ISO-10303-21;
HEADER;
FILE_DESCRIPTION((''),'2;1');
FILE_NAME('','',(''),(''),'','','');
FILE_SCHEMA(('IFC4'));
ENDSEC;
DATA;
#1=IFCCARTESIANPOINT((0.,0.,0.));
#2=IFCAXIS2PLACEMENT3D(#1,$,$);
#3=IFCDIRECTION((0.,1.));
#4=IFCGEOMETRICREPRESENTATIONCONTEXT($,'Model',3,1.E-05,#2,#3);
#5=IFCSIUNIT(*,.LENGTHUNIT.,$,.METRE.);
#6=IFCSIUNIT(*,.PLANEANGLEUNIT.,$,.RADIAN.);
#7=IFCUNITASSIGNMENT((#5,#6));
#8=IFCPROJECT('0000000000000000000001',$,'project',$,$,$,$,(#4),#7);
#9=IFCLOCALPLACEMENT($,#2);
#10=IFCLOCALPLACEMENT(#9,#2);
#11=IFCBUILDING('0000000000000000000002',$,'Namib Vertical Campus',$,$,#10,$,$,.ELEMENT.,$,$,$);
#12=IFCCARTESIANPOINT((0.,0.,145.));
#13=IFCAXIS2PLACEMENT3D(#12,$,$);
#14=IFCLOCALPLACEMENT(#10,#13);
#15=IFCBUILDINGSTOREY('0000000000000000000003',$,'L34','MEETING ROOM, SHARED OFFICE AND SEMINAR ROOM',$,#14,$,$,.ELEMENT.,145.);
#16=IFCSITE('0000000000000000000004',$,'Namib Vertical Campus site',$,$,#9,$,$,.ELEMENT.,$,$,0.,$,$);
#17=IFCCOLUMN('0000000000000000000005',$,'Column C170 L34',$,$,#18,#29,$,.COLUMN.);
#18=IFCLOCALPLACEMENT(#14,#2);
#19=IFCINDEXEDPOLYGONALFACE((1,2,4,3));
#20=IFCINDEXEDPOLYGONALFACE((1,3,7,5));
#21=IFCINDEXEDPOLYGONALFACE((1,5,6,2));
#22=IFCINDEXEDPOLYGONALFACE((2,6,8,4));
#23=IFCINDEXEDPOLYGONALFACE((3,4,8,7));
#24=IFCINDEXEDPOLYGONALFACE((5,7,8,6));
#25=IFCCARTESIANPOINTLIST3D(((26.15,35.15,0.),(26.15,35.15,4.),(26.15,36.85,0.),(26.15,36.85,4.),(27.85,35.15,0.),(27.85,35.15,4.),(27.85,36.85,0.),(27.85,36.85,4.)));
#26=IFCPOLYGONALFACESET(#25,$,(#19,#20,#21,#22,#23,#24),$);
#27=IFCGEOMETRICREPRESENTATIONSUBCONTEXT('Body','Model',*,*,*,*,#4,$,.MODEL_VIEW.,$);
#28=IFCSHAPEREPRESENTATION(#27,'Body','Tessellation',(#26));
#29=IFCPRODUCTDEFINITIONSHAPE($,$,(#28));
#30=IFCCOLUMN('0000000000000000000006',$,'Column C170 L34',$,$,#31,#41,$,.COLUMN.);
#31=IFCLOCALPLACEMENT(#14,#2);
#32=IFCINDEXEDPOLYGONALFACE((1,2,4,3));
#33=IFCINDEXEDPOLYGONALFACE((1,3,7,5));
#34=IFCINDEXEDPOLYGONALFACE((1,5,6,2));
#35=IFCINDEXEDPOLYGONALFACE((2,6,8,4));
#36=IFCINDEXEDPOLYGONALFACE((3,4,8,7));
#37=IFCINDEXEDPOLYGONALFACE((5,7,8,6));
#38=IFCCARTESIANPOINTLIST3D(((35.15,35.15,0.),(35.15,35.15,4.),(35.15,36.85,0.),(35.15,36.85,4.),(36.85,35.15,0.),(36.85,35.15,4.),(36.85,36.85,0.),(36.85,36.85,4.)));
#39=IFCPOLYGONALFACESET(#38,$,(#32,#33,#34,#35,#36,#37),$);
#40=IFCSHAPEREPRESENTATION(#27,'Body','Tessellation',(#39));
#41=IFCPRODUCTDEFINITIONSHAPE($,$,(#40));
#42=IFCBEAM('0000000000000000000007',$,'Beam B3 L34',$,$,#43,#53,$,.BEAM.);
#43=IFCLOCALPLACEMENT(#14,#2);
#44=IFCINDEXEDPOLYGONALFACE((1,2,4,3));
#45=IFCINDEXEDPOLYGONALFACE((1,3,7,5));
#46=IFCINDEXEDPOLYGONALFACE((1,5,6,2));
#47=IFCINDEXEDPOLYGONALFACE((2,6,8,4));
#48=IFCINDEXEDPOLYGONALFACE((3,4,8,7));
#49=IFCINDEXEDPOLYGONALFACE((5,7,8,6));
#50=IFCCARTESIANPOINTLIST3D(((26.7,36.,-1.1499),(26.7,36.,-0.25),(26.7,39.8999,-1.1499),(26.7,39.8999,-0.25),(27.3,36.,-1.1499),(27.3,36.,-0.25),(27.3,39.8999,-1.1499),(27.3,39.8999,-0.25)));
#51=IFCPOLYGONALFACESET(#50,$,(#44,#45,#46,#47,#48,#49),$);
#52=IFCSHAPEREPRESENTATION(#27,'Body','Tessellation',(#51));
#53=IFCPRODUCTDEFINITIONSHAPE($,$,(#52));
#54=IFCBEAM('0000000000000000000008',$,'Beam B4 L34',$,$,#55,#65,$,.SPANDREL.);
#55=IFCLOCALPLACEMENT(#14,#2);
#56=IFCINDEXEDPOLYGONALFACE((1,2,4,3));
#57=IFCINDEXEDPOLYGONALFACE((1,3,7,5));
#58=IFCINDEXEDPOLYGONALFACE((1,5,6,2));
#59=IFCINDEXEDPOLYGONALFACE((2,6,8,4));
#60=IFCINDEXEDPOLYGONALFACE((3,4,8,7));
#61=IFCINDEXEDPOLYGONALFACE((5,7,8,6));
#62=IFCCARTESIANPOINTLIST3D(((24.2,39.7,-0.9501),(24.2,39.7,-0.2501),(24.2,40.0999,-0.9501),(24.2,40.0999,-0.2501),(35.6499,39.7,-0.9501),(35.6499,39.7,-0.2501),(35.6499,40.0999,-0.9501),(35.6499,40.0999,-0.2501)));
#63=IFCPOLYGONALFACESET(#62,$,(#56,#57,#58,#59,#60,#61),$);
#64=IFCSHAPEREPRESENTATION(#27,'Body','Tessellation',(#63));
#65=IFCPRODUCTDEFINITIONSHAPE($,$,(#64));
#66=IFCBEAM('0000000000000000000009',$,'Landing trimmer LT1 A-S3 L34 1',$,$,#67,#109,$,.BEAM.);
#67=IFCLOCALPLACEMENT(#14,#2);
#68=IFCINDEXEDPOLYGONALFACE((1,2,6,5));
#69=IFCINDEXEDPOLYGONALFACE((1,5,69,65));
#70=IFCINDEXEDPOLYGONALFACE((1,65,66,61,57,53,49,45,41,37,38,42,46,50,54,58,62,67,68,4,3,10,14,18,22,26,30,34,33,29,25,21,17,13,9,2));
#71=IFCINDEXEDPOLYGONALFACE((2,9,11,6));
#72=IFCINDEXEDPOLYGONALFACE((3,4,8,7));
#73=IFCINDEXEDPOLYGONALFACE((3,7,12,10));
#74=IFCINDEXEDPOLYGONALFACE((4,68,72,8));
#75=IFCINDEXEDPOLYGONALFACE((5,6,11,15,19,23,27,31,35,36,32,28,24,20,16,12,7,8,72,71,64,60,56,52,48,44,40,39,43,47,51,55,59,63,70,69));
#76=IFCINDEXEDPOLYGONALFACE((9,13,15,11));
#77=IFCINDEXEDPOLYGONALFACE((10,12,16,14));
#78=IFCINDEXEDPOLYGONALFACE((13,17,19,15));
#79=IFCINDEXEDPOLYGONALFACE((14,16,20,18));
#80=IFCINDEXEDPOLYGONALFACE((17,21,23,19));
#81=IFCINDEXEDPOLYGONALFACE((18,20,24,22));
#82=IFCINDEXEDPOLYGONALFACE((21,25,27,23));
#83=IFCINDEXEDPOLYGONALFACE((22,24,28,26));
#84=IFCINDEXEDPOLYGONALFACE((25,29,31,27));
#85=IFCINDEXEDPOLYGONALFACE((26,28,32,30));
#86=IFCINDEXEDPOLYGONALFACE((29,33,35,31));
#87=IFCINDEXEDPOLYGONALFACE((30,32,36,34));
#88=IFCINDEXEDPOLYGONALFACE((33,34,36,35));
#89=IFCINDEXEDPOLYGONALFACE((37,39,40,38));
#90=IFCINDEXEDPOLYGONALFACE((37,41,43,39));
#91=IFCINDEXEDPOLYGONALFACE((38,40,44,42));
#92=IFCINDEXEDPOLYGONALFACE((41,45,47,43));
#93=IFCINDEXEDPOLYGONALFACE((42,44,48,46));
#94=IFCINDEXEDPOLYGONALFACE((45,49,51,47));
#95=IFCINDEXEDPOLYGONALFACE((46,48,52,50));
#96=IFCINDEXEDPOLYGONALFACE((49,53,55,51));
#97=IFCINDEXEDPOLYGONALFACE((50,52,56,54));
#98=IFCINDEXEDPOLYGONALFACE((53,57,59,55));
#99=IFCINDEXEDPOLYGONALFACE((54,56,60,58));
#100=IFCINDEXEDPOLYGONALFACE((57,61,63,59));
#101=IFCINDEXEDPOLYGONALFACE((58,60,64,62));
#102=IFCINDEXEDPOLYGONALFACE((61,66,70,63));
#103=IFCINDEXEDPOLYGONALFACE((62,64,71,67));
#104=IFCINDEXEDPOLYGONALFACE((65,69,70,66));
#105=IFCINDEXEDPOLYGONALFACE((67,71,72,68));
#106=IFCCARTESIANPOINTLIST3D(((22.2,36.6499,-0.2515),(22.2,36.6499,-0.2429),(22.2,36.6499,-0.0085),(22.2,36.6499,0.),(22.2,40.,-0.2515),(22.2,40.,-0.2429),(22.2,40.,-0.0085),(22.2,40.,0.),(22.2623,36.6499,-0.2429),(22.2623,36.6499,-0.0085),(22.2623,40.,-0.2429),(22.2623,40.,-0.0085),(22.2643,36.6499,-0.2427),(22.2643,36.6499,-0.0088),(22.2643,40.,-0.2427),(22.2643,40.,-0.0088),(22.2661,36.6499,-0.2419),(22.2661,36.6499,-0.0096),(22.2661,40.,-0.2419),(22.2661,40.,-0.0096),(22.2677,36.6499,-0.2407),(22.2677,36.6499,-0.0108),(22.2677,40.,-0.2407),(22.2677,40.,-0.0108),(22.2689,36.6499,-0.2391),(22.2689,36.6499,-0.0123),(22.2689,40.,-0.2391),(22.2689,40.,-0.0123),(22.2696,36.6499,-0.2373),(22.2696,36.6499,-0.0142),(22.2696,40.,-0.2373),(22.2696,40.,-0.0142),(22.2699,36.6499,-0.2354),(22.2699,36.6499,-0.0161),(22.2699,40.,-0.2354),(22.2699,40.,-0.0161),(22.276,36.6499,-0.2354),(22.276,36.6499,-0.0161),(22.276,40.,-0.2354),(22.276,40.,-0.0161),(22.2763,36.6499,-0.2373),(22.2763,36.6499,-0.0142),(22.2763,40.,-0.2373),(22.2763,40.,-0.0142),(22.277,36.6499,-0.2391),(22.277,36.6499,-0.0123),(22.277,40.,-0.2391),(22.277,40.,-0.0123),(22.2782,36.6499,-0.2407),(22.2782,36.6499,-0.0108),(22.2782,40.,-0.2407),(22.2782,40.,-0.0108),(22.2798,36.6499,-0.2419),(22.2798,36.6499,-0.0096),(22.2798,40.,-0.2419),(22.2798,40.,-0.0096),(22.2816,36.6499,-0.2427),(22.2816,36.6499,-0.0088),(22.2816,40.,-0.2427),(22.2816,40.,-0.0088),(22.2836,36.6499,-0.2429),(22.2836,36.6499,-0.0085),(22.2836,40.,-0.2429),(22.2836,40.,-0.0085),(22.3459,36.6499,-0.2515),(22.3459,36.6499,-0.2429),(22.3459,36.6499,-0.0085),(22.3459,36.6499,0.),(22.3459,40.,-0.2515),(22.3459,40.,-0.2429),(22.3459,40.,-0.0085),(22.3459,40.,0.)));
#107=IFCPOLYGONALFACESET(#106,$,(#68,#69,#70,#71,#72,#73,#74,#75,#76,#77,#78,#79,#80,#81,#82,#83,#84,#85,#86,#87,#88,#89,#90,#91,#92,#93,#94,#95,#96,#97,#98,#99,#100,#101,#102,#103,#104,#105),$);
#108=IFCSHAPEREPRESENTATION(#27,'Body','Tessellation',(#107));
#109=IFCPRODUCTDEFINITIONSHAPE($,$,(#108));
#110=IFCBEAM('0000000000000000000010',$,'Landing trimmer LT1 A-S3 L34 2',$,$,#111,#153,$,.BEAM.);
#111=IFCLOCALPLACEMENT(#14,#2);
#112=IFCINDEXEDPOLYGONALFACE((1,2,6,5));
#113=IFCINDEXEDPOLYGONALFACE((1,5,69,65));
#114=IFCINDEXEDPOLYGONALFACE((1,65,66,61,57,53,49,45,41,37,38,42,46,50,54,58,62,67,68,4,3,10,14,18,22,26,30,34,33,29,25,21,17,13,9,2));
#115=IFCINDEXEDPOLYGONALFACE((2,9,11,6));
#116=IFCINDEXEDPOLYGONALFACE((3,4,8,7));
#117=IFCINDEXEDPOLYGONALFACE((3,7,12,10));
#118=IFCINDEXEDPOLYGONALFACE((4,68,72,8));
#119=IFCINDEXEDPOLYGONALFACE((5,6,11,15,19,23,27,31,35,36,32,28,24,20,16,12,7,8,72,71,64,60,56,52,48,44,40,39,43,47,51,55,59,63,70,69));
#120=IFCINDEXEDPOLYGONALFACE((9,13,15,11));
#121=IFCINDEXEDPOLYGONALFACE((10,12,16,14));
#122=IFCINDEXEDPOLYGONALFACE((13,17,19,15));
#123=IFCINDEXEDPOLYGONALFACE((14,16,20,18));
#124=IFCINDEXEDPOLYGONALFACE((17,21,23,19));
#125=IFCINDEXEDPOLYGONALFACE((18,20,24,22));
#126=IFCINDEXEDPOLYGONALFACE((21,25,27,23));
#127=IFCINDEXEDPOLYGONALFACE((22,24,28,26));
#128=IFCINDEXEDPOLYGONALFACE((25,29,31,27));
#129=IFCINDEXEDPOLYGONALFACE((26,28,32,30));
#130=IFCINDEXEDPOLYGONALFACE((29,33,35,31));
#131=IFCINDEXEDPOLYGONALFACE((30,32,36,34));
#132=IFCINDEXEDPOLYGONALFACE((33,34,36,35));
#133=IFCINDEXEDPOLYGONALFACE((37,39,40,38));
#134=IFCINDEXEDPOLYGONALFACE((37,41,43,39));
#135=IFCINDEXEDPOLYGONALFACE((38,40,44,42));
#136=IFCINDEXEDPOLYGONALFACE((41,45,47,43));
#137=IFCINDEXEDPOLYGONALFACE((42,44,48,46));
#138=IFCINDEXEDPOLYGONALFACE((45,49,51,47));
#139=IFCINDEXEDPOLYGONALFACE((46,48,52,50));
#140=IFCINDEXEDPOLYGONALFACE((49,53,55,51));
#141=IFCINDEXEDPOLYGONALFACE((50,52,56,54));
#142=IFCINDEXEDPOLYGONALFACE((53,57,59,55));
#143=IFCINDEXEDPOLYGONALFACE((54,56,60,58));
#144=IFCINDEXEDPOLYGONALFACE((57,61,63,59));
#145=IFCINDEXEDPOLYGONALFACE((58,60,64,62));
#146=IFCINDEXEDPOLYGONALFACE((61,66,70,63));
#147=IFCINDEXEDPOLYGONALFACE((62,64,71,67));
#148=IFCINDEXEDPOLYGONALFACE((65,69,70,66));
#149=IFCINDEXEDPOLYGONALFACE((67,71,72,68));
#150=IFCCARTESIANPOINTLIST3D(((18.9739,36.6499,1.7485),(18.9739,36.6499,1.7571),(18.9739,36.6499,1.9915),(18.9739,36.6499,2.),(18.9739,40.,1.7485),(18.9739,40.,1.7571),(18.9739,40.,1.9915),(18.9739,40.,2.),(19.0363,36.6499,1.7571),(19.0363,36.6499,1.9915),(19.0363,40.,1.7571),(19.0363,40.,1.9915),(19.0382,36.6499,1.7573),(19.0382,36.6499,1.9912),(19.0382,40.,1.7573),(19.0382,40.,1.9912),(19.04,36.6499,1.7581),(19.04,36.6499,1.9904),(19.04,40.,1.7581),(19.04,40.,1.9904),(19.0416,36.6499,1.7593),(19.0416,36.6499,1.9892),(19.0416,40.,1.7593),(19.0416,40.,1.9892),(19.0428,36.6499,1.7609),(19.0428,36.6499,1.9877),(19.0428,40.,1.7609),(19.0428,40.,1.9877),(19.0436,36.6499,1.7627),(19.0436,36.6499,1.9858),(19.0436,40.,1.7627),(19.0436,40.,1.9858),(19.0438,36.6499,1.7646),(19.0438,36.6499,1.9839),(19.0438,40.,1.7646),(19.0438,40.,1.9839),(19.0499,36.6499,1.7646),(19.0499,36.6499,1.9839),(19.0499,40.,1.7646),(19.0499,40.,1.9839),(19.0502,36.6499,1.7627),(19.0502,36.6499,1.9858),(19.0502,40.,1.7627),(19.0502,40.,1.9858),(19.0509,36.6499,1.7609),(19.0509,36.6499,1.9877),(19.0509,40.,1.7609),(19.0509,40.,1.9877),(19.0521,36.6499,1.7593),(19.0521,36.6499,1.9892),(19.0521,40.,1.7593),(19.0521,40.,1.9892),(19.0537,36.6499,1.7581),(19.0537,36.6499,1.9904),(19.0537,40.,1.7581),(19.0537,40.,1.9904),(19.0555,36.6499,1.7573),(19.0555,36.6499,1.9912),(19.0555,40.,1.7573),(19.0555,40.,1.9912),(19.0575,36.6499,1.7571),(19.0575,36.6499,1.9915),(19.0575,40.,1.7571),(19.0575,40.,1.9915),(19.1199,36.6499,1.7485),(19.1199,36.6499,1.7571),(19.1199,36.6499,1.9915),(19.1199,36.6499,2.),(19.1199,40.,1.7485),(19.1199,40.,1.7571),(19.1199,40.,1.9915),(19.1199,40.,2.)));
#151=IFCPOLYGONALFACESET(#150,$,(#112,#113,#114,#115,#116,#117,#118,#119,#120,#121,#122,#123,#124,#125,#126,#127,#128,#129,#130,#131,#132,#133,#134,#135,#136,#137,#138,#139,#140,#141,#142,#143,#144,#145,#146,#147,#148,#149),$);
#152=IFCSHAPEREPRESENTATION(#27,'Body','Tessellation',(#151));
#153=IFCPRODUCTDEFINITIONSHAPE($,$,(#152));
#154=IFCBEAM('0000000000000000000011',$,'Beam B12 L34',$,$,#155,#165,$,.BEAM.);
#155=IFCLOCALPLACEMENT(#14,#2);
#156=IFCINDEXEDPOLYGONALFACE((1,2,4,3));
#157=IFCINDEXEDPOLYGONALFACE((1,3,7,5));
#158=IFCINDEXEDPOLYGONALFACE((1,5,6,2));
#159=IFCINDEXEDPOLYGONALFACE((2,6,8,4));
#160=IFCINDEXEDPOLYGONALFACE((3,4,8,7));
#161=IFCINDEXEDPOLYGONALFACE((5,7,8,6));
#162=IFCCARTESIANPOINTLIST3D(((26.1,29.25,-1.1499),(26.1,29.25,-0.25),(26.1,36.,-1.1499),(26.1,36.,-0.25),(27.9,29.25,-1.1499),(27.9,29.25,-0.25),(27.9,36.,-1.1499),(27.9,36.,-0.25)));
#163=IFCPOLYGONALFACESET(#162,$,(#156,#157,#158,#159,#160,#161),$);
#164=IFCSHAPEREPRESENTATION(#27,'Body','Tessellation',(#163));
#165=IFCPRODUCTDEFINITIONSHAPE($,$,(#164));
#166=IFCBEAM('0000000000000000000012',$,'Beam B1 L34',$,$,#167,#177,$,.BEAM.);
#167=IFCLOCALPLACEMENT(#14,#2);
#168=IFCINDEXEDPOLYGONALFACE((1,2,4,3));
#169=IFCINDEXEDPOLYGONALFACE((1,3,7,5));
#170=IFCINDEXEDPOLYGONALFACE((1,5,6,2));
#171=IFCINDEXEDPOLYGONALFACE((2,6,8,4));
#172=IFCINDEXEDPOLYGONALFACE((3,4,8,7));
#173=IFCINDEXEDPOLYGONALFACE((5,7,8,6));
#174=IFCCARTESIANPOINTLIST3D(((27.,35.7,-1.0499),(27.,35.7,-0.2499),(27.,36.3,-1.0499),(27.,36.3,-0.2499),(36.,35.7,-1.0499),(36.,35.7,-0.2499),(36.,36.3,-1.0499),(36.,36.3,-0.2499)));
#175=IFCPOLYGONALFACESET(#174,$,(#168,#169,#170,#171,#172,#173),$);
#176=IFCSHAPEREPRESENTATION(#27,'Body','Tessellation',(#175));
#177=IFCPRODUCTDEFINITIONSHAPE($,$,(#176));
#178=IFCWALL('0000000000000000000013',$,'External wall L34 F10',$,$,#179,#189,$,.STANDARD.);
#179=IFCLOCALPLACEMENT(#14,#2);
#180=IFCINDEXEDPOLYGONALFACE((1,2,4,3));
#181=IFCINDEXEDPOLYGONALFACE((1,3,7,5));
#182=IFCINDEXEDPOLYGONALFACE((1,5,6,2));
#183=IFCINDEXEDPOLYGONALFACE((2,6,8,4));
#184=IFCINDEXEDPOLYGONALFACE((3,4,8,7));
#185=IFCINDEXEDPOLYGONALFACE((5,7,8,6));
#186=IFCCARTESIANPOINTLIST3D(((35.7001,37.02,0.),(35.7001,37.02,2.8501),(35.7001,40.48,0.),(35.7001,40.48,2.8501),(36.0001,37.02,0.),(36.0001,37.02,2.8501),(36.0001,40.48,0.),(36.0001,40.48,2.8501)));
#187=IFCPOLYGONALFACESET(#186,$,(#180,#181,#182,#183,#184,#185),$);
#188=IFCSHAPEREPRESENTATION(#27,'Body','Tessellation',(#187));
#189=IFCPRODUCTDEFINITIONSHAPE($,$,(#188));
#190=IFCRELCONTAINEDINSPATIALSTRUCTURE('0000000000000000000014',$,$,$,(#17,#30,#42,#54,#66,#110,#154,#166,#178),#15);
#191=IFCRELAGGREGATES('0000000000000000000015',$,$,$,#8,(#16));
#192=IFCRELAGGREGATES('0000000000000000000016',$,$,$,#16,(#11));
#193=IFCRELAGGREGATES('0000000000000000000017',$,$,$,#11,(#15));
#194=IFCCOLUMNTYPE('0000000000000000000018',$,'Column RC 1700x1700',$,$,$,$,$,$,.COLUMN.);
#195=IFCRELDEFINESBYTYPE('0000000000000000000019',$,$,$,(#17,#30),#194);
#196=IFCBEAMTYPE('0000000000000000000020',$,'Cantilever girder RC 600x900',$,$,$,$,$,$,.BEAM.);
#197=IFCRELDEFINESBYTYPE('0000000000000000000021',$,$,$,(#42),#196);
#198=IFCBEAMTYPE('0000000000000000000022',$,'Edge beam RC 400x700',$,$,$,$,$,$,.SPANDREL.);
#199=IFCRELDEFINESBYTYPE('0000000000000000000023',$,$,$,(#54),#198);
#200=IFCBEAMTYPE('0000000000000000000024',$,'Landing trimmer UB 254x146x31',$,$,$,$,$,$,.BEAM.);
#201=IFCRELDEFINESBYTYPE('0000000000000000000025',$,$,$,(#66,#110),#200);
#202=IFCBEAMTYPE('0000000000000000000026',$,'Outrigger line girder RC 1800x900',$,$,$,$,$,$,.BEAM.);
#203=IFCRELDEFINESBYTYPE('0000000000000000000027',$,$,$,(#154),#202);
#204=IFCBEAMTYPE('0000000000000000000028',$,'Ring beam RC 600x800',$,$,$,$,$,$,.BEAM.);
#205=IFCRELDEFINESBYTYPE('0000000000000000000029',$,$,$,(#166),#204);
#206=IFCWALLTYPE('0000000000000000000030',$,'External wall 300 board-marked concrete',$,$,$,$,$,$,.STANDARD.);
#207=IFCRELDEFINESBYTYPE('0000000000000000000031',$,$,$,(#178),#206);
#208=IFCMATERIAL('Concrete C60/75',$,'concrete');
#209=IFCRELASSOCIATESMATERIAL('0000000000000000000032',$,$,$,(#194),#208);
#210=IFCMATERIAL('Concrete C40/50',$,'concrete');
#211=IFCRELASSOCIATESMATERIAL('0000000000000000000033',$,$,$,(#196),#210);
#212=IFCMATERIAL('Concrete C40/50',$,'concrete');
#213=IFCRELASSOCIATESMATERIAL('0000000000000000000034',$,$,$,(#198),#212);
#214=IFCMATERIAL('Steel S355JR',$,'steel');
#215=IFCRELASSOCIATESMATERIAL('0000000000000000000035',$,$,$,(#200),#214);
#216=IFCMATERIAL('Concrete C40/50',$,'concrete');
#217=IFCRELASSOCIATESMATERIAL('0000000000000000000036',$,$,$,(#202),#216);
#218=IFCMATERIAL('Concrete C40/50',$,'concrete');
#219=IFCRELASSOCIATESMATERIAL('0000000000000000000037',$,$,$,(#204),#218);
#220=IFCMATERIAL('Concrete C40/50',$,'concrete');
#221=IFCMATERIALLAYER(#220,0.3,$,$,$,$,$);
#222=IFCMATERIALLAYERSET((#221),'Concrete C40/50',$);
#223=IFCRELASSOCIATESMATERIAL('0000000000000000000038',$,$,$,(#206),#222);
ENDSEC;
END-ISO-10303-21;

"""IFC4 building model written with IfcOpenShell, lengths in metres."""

from ifc_helpers import new_model, si_unit, direction, frame, frame_2d, origin, origin_2d, place, context, subcontext, project, spatial, rectangle, i_section, extrude, material, layer, layer_set, material_profile, profile_set, type_object, element, save


model = new_model("IFC4")

# Units and contexts
model_context = context("Model", 3, precision=1e-05, world=origin(), true_north=direction((0.0, 1.0)))
body_context = subcontext(model_context, "Body", "Model", "MODEL_VIEW")
ifc_project = project(units=[si_unit("LENGTHUNIT", "METRE"), si_unit("PLANEANGLEUNIT", "RADIAN")], contexts=[model_context])

# Site, building, storey
site_placement = place(None, origin())
site = spatial("IfcSite", under=ifc_project, at=site_placement, Name="Namib Vertical Campus site", CompositionType="ELEMENT", RefElevation=0.0)
building_placement = place(site_placement, origin())
building = spatial("IfcBuilding", under=site, at=building_placement, Name="Namib Vertical Campus", CompositionType="ELEMENT")
storey_placement = place(building_placement, frame((0.0, 0.0, 145.0)))
storey = spatial("IfcBuildingStorey", under=building, at=storey_placement, Name="L34", Description="MEETING ROOM, SHARED OFFICE AND SEMINAR ROOM", CompositionType="ELEMENT", Elevation=145.0)

# Columns
ifc_material_1 = material(Name="Concrete C60/75", Category="concrete")
ifc_material_profile_1 = material_profile(ifc_material_1, rectangle(XDim=1.7, YDim=1.7, at=origin_2d()))
ifc_profile_set_1 = profile_set([ifc_material_profile_1], Name="Concrete C60/75")
column_type = type_object("IfcColumnType", Name="Column RC 1700x1700", PredefinedType="COLUMN", material=ifc_profile_set_1)
for number, where, z_axis, x_axis, name in (
    (1, (27.0, 36.0, 0.0), (0.0, 0.0, 1.0), (1.0, 0.0, 0.0), "Column C170 L34"),
    (2, (36.0, 36.0, 0.0), (0.0, 0.0, 1.0), (1.0, 0.0, 0.0), "Column C170 L34"),
):
    element("IfcColumn", number, at=place(storey_placement, frame(where, z_axis=z_axis, x_axis=x_axis)), inside=storey, type_object=column_type, Name=name, PredefinedType="COLUMN", context=body_context, shape_type="SweptSolid", body=[
        extrude(rectangle(XDim=1.7, YDim=1.7, at=origin_2d()), origin(), (0.0, 0.0, 1.0), 4.0),
    ])

# Beams
ifc_material_2 = material(Name="Concrete C40/50", Category="concrete")
ifc_material_profile_2 = material_profile(ifc_material_2, rectangle(XDim=0.6001, YDim=0.8999, at=origin_2d()))
ifc_profile_set_2 = profile_set([ifc_material_profile_2], Name="Concrete C40/50")
beam_type_1 = type_object("IfcBeamType", Name="Cantilever girder RC 600x900", PredefinedType="BEAM", material=ifc_profile_set_2)
beam_1_placement = place(storey_placement, frame((27.0, 36.0, -0.7), z_axis=(0.0, 1.0, 0.0), x_axis=(-1.0, 0.0, 0.0)))
element("IfcBeam", 3, at=beam_1_placement, inside=storey, type_object=beam_type_1, Name="Beam B3 L34", PredefinedType="BEAM", context=body_context, shape_type="SweptSolid", body=[
    extrude(rectangle(XDim=0.6001, YDim=0.8999, at=origin_2d()), origin(), (0.0, 0.0, 1.0), 3.8999),
])
ifc_material_3 = material(Name="Concrete C40/50", Category="concrete")
ifc_material_profile_3 = material_profile(ifc_material_3, rectangle(XDim=0.3999, YDim=0.7, at=origin_2d()))
ifc_profile_set_3 = profile_set([ifc_material_profile_3], Name="Concrete C40/50")
beam_type_2 = type_object("IfcBeamType", Name="Edge beam RC 400x700", PredefinedType="SPANDREL", material=ifc_profile_set_3)
beam_2_placement = place(storey_placement, frame((24.2, 39.8999, -0.6001), z_axis=(1.0, 0.0, 0.0), x_axis=(0.0, 1.0, 0.0)))
element("IfcBeam", 4, at=beam_2_placement, inside=storey, type_object=beam_type_2, Name="Beam B4 L34", PredefinedType="SPANDREL", context=body_context, shape_type="SweptSolid", body=[
    extrude(rectangle(XDim=0.3999, YDim=0.7, at=origin_2d()), origin(), (0.0, 0.0, 1.0), 11.45),
])
ifc_material_4 = material(Name="Steel S355JR", Category="steel")
ifc_material_profile_4 = material_profile(ifc_material_4, i_section(OverallWidth=0.146, OverallDepth=0.2515, WebThickness=0.0061, FlangeThickness=0.0085, FilletRadius=0.0076, at=origin_2d()))
ifc_profile_set_4 = profile_set([ifc_material_profile_4], Name="Steel S355JR")
beam_type_3 = type_object("IfcBeamType", Name="Landing trimmer UB 254x146x31", PredefinedType="BEAM", material=ifc_profile_set_4)
for number, where, z_axis, x_axis, name in (
    (5, (22.2729, 36.6499, -0.1257), (0.0, 1.0, 0.0), (-1.0, 0.0, 0.0), "Landing trimmer LT1 A-S3 L34 1"),
    (6, (19.0469, 36.6499, 1.8743), (0.0, 1.0, 0.0), (-1.0, 0.0, 0.0), "Landing trimmer LT1 A-S3 L34 2"),
):
    element("IfcBeam", number, at=place(storey_placement, frame(where, z_axis=z_axis, x_axis=x_axis)), inside=storey, type_object=beam_type_3, Name=name, PredefinedType="BEAM", context=body_context, shape_type="SweptSolid", body=[
        extrude(i_section(OverallWidth=0.146, OverallDepth=0.2515, WebThickness=0.0061, FlangeThickness=0.0085, FilletRadius=0.0076, at=origin_2d()), origin(), (0.0, 0.0, 1.0), 3.3501),
    ])
ifc_material_5 = material(Name="Concrete C40/50", Category="concrete")
ifc_material_profile_5 = material_profile(ifc_material_5, rectangle(XDim=1.8, YDim=0.8999, at=origin_2d()))
ifc_profile_set_5 = profile_set([ifc_material_profile_5], Name="Concrete C40/50")
beam_type_4 = type_object("IfcBeamType", Name="Outrigger line girder RC 1800x900", PredefinedType="BEAM", material=ifc_profile_set_5)
beam_3_placement = place(storey_placement, frame((27.0, 36.0, -0.7), z_axis=(0.0, -1.0, 0.0), x_axis=(1.0, 0.0, 0.0)))
element("IfcBeam", 7, at=beam_3_placement, inside=storey, type_object=beam_type_4, Name="Beam B12 L34", PredefinedType="BEAM", context=body_context, shape_type="SweptSolid", body=[
    extrude(rectangle(XDim=1.8, YDim=0.8999, at=origin_2d()), origin(), (0.0, 0.0, 1.0), 6.75),
])
ifc_material_6 = material(Name="Concrete C40/50", Category="concrete")
ifc_material_profile_6 = material_profile(ifc_material_6, rectangle(XDim=0.6001, YDim=0.8, at=origin_2d()))
ifc_profile_set_6 = profile_set([ifc_material_profile_6], Name="Concrete C40/50")
beam_type_5 = type_object("IfcBeamType", Name="Ring beam RC 600x800", PredefinedType="BEAM", material=ifc_profile_set_6)
beam_4_placement = place(storey_placement, frame((27.0, 36.0, -0.6499), z_axis=(1.0, 0.0, 0.0), x_axis=(0.0, 1.0, 0.0)))
element("IfcBeam", 8, at=beam_4_placement, inside=storey, type_object=beam_type_5, Name="Beam B1 L34", PredefinedType="BEAM", context=body_context, shape_type="SweptSolid", body=[
    extrude(rectangle(XDim=0.6001, YDim=0.8, at=origin_2d()), origin(), (0.0, 0.0, 1.0), 9.0),
])

# Wall
ifc_material_7 = material(Name="Concrete C40/50", Category="concrete")
ifc_layer_1 = layer(ifc_material_7, 0.3)
ifc_layer_set_1 = layer_set([ifc_layer_1], Name="Concrete C40/50")
wall_type_1 = type_object("IfcWallType", Name="External wall 300 board-marked concrete", PredefinedType="STANDARD", material=ifc_layer_set_1)
wall_1_placement = place(storey_placement, frame((35.8501, 37.02, 0.0), z_axis=(0.0, 0.0, 1.0), x_axis=(0.0, 1.0, 0.0)))
element("IfcWall", 9, at=wall_1_placement, inside=storey, type_object=wall_type_1, Name="External wall L34 F10", PredefinedType="STANDARD", context=body_context, shape_type="SweptSolid", body=[
    extrude(rectangle(XDim=3.46, YDim=0.3, at=frame_2d((1.73, 0.0))), origin(), (0.0, 0.0, 1.0), 2.8501),
])

save(model, "model.ifc")
